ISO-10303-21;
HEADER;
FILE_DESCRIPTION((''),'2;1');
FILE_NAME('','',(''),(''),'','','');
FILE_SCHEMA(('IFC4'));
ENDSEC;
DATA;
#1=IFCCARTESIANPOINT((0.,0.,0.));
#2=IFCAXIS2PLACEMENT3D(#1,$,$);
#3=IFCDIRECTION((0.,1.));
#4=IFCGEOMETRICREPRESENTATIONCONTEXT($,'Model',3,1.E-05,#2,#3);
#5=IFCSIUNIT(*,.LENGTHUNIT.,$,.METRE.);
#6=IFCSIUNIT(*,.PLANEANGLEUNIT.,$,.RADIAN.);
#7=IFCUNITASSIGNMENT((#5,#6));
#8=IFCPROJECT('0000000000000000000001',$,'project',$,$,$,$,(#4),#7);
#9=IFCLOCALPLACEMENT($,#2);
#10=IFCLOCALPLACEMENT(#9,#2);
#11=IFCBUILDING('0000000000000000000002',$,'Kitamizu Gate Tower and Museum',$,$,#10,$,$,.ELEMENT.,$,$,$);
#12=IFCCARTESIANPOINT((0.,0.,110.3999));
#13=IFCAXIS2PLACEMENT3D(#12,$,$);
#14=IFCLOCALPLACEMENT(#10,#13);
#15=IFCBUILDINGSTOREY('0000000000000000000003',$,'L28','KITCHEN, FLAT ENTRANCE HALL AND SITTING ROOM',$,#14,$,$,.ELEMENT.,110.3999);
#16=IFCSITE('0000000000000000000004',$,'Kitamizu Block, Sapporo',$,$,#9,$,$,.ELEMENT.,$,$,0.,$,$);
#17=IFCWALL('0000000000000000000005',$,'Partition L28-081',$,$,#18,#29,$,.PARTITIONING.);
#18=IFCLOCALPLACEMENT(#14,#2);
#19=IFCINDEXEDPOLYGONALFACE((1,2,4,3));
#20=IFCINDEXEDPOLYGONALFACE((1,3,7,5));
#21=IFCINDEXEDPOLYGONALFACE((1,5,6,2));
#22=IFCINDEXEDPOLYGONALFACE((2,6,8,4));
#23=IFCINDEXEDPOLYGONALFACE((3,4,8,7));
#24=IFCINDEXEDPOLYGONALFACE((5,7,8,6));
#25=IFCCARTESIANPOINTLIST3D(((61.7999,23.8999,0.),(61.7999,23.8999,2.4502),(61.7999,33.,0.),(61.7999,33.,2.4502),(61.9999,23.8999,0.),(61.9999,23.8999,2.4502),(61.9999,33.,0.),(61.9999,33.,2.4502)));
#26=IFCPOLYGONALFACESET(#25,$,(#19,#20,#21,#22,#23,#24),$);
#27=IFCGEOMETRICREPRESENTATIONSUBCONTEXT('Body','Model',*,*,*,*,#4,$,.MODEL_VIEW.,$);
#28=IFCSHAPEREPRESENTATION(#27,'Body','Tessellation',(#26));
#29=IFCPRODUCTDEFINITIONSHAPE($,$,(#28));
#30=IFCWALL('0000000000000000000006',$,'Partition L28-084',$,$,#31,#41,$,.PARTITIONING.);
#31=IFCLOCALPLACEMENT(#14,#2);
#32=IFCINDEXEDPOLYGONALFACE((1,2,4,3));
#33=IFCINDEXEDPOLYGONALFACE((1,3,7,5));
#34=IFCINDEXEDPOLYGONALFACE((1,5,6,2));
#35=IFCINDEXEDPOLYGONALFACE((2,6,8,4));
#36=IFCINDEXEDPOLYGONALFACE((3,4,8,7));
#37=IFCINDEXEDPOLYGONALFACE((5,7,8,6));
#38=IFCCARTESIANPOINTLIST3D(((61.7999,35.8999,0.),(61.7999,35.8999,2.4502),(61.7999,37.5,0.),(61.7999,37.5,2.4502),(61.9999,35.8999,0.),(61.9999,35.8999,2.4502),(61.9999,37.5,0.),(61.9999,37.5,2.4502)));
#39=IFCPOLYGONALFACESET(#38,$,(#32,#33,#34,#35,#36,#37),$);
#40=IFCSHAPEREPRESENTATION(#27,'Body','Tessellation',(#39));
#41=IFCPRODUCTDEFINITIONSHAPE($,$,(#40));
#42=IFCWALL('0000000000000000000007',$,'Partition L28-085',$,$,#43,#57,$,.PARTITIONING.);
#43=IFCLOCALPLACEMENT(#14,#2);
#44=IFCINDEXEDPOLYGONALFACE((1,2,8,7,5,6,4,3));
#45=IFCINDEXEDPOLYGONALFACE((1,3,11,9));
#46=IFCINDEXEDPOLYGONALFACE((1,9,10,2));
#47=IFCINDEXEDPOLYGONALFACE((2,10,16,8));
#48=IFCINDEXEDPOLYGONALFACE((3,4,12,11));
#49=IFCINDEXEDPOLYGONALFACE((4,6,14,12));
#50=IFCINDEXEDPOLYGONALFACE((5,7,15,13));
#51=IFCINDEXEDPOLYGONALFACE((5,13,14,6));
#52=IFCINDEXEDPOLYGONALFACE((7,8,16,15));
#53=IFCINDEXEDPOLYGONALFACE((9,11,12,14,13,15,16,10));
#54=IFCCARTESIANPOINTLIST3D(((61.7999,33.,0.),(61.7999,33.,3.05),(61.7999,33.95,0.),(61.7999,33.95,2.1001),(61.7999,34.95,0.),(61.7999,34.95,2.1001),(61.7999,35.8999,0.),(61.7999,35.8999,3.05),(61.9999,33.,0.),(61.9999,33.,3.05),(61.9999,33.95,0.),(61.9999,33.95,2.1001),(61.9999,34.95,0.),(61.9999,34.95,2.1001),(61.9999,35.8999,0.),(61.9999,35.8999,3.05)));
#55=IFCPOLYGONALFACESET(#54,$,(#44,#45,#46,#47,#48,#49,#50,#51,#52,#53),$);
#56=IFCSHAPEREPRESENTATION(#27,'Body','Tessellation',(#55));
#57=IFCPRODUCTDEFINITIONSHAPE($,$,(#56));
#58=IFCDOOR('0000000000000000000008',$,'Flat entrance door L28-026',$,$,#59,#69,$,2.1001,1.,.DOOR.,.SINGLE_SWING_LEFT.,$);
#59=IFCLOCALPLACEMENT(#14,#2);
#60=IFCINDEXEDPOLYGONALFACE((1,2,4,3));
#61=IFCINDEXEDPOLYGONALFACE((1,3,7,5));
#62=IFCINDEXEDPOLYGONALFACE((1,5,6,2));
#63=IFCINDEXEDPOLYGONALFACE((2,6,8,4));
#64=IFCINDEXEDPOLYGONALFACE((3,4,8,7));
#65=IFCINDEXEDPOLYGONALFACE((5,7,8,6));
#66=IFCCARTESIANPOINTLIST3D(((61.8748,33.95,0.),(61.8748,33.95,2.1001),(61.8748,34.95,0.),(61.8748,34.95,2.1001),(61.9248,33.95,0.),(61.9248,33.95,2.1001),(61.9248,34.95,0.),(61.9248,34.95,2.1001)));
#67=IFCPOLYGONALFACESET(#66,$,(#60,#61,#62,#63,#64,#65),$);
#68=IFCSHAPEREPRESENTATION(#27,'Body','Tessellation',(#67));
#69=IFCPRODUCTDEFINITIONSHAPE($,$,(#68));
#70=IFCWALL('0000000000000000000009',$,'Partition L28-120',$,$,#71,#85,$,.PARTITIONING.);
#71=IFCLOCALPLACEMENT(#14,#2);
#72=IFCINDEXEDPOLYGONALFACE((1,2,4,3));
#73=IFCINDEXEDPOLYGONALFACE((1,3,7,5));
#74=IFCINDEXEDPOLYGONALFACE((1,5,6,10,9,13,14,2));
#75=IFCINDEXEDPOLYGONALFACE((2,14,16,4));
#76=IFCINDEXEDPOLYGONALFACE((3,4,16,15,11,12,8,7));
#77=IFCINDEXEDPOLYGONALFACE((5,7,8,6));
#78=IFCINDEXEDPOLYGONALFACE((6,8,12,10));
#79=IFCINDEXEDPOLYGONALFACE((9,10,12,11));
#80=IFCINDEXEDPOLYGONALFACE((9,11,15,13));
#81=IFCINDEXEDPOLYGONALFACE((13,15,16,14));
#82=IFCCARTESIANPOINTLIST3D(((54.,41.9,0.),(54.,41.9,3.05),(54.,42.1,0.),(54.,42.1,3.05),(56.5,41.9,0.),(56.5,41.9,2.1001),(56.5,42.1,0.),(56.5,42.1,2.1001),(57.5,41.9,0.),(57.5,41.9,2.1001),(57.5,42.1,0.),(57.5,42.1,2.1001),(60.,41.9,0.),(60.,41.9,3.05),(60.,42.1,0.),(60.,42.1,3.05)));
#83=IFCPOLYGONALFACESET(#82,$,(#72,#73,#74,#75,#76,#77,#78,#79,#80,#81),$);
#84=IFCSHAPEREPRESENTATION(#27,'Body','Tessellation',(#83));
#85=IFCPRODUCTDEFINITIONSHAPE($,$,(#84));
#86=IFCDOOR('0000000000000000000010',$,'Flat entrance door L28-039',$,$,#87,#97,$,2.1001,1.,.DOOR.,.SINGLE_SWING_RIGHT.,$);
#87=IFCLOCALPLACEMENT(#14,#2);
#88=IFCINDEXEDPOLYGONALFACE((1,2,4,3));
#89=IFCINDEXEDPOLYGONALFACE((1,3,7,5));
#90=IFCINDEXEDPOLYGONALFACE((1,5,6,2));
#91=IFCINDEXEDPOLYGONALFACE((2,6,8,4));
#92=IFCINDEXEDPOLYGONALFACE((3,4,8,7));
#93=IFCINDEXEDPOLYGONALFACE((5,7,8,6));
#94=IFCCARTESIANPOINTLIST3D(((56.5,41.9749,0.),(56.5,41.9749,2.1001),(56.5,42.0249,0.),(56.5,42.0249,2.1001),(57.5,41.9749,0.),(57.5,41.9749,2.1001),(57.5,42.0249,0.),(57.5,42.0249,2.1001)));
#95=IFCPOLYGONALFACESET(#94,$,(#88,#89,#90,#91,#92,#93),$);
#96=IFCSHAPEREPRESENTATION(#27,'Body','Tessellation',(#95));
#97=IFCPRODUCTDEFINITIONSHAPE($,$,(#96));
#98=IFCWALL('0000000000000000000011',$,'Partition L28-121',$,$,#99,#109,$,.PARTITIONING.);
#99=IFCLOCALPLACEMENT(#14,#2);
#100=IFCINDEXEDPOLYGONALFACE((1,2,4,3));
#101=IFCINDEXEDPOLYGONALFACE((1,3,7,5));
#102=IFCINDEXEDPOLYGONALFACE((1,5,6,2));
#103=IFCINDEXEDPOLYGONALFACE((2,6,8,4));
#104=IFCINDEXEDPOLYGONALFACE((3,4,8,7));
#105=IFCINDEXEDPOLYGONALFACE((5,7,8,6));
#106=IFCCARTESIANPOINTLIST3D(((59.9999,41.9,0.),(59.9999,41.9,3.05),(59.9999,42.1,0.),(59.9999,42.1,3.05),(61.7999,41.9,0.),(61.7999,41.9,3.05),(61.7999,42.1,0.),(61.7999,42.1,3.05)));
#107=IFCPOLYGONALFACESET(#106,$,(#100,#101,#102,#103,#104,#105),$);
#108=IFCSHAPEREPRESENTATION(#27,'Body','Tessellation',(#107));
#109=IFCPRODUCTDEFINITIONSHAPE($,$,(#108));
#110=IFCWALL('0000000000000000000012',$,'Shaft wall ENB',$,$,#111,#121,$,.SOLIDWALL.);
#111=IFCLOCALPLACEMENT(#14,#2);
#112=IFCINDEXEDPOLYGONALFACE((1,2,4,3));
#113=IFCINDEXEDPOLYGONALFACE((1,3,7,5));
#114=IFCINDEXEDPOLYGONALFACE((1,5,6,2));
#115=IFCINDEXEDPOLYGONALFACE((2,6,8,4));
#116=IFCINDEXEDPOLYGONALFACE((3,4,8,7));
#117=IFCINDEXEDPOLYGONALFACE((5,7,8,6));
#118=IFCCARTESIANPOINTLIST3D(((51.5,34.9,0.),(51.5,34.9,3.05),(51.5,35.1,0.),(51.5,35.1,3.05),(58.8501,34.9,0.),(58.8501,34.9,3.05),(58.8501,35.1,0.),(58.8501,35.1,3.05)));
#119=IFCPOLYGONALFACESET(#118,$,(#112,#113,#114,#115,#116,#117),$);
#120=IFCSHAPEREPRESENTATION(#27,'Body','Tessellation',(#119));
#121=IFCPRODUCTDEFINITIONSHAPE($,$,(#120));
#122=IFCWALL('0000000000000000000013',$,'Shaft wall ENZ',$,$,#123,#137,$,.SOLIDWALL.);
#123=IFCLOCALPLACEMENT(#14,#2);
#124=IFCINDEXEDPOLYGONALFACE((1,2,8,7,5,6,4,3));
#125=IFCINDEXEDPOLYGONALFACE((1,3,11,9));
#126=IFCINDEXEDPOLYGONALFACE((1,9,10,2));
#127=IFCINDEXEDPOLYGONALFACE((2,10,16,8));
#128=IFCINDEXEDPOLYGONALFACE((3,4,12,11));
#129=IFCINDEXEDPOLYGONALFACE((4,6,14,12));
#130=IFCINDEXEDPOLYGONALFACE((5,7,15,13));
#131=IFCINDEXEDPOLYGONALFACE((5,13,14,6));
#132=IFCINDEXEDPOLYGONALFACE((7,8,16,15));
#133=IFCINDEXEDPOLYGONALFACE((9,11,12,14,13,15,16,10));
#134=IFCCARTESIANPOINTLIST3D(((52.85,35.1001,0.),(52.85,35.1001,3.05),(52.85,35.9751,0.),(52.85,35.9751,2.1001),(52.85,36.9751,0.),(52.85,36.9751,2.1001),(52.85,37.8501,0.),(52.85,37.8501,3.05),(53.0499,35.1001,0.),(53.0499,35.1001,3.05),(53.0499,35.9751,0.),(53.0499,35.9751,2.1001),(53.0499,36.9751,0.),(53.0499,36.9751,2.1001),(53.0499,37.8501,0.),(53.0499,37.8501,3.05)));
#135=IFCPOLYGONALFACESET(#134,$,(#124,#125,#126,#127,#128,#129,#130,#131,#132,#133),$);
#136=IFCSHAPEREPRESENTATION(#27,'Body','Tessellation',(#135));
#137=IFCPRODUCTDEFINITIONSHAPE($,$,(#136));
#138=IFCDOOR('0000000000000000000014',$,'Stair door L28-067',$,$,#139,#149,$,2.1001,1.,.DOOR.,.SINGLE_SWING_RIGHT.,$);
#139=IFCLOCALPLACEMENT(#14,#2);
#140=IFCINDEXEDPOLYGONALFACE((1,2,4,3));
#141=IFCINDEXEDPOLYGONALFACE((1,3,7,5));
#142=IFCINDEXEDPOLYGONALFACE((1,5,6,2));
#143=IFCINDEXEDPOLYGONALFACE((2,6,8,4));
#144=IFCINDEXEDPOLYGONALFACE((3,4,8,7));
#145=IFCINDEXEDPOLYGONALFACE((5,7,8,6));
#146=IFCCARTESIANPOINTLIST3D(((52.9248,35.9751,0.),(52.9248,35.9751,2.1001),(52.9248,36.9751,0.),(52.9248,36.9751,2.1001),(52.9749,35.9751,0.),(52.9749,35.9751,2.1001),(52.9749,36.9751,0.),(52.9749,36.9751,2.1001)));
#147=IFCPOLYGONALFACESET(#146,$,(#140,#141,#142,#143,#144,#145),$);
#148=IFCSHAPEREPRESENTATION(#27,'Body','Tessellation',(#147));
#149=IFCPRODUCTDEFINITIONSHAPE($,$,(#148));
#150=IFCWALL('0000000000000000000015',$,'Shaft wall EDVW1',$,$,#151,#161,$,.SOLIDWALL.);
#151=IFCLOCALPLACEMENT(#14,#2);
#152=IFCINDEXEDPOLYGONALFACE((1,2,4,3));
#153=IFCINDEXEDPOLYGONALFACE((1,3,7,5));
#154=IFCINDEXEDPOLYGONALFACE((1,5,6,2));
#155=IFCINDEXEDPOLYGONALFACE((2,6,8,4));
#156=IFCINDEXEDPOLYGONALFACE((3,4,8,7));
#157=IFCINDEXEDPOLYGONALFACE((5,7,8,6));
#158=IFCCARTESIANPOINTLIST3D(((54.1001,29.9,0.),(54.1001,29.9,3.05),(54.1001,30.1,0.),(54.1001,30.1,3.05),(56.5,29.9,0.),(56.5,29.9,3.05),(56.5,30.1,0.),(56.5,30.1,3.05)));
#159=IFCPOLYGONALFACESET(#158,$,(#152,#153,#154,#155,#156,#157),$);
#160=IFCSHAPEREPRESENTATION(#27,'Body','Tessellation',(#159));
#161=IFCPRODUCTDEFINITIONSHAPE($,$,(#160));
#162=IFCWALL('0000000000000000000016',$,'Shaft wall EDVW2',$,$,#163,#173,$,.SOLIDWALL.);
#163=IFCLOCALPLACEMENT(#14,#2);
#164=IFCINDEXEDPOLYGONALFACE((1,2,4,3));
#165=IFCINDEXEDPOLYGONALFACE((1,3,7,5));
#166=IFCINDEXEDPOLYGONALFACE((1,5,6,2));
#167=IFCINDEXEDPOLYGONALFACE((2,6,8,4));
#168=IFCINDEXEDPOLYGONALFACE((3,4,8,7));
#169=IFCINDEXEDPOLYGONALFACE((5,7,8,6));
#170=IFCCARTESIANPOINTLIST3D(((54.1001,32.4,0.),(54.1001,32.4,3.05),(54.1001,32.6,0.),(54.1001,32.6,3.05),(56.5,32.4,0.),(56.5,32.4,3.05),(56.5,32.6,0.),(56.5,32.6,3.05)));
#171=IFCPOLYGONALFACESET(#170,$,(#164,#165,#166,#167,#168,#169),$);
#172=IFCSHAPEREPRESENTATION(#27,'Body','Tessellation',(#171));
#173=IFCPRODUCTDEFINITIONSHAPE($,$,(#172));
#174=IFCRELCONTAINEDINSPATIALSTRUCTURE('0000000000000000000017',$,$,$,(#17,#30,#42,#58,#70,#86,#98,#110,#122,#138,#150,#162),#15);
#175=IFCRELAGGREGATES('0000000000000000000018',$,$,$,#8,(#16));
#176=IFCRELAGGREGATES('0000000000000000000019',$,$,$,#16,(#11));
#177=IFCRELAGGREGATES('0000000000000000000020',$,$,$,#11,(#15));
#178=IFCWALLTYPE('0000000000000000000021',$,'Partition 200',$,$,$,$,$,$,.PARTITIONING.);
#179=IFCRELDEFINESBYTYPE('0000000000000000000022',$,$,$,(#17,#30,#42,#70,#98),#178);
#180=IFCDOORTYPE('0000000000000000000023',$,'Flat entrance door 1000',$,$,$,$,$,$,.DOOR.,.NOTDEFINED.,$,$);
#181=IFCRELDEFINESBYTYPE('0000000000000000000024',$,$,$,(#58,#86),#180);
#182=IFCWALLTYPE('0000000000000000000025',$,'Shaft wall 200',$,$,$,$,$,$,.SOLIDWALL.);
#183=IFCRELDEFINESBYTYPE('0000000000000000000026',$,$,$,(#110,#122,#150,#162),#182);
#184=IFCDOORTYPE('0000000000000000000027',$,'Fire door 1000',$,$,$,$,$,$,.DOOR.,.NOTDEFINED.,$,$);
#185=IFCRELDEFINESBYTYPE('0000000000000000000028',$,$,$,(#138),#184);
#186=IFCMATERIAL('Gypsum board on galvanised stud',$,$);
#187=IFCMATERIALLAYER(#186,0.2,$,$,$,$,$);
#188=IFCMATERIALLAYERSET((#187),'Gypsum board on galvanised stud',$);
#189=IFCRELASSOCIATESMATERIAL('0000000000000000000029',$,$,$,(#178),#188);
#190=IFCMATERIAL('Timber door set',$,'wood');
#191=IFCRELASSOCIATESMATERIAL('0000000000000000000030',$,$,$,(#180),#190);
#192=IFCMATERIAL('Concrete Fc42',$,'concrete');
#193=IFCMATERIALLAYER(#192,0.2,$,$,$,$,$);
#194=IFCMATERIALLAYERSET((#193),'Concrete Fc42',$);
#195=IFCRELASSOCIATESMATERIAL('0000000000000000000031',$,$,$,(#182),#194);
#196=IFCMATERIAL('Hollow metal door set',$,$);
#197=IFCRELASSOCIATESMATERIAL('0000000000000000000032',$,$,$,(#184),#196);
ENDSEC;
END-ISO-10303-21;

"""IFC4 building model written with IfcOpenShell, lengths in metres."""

from ifc_helpers import new_model, si_unit, direction, frame, frame_2d, origin, place, context, subcontext, project, spatial, rectangle, extrude, material, layer, layer_set, type_object, element, fill, save


model = new_model("IFC4")

# Units and contexts
model_context = context("Model", 3, precision=1e-05, world=origin(), true_north=direction((0.0, 1.0)))
body_context = subcontext(model_context, "Body", "Model", "MODEL_VIEW")
ifc_project = project(units=[si_unit("LENGTHUNIT", "METRE"), si_unit("PLANEANGLEUNIT", "RADIAN")], contexts=[model_context])

# Site, building, storey
site_placement = place(None, origin())
site = spatial("IfcSite", under=ifc_project, at=site_placement, Name="Kitamizu Block, Sapporo", CompositionType="ELEMENT", RefElevation=0.0)
building_placement = place(site_placement, origin())
building = spatial("IfcBuilding", under=site, at=building_placement, Name="Kitamizu Gate Tower and Museum", CompositionType="ELEMENT")
storey_placement = place(building_placement, frame((0.0, 0.0, 110.3999)))
storey = spatial("IfcBuildingStorey", under=building, at=storey_placement, Name="L28", Description="KITCHEN, FLAT ENTRANCE HALL AND SITTING ROOM", CompositionType="ELEMENT", Elevation=110.3999)

# Walls
ifc_material_1 = material(Name="Gypsum board on galvanised stud")
ifc_layer_1 = layer(ifc_material_1, 0.2)
ifc_layer_set_1 = layer_set([ifc_layer_1], Name="Gypsum board on galvanised stud")
wall_type_1 = type_object("IfcWallType", Name="Partition 200", PredefinedType="PARTITIONING", material=ifc_layer_set_1)
wall_1_placement = place(storey_placement, frame((61.8999, 33.0, 0.0), z_axis=(0.0, 0.0, 1.0), x_axis=(0.0, -1.0, 0.0)))
element("IfcWall", 1, at=wall_1_placement, inside=storey, type_object=wall_type_1, Name="Partition L28-081", PredefinedType="PARTITIONING", context=body_context, shape_type="SweptSolid", body=[
    extrude(rectangle(XDim=9.1001, YDim=0.2, at=frame_2d((4.55, 0.0))), origin(), (0.0, 0.0, 1.0), 2.4502),
])
wall_2_placement = place(storey_placement, frame((61.8999, 37.5, 0.0), z_axis=(0.0, 0.0, 1.0), x_axis=(0.0, -1.0, 0.0)))
element("IfcWall", 2, at=wall_2_placement, inside=storey, type_object=wall_type_1, Name="Partition L28-084", PredefinedType="PARTITIONING", context=body_context, shape_type="SweptSolid", body=[
    extrude(rectangle(XDim=1.6001, YDim=0.2, at=frame_2d((0.8, 0.0))), origin(), (0.0, 0.0, 1.0), 2.4502),
])

# Walls, openings, doors
wall_3_placement = place(storey_placement, frame((61.8999, 35.8999, 0.0), z_axis=(0.0, 0.0, 1.0), x_axis=(0.0, -1.0, 0.0)))
wall_3 = element("IfcWall", 3, at=wall_3_placement, inside=storey, type_object=wall_type_1, Name="Partition L28-085", PredefinedType="PARTITIONING", context=body_context, shape_type="SweptSolid", body=[
    extrude(rectangle(XDim=2.8999, YDim=0.2, at=frame_2d((1.45, 0.0))), origin(), (0.0, 0.0, 1.0), 3.05),
])
opening_1_placement = place(wall_3_placement, frame((0.95, 0.0, 0.0)))
opening_1 = element("IfcOpeningElement", 4, at=opening_1_placement, cuts=wall_3, PredefinedType="OPENING", context=body_context, shape_type="SweptSolid", body=[
    extrude(rectangle(XDim=1.0, YDim=2.1001, at=frame_2d((0.5, 1.05))), frame((0.0, 0.1099, 0.0), z_axis=(0.0, -1.0, 0.0), x_axis=(1.0, 0.0, 0.0)), (0.0, 0.0, 1.0), 0.22),
])
ifc_material_2 = material(Name="Timber door set", Category="wood")
door_type_1 = type_object("IfcDoorType", Name="Flat entrance door 1000", OperationType="NOTDEFINED", PredefinedType="DOOR", material=ifc_material_2)
door_1_placement = place(opening_1_placement, origin())
door_1 = element("IfcDoor", 5, at=door_1_placement, inside=storey, type_object=door_type_1, Name="Flat entrance door L28-026", OperationType="SINGLE_SWING_LEFT", OverallHeight=2.1001, OverallWidth=1.0, PredefinedType="DOOR", context=body_context, shape_type="SweptSolid", body=[
    extrude(rectangle(XDim=1.0, YDim=2.1001, at=frame_2d((0.5, 1.05))), frame((0.0, 0.0249, 0.0), z_axis=(0.0, -1.0, 0.0), x_axis=(1.0, 0.0, 0.0)), (0.0, 0.0, 1.0), 0.05),
])
fill(opening_1, door_1)
wall_4_placement = place(storey_placement, frame((54.0, 42.0, 0.0), z_axis=(0.0, 0.0, 1.0), x_axis=(1.0, 0.0, 0.0)))
wall_4 = element("IfcWall", 6, at=wall_4_placement, inside=storey, type_object=wall_type_1, Name="Partition L28-120", PredefinedType="PARTITIONING", context=body_context, shape_type="SweptSolid", body=[
    extrude(rectangle(XDim=6.0, YDim=0.2, at=frame_2d((3.0, 0.0))), origin(), (0.0, 0.0, 1.0), 3.05),
])
opening_2_placement = place(wall_4_placement, frame((2.5, 0.0, 0.0)))
opening_2 = element("IfcOpeningElement", 7, at=opening_2_placement, cuts=wall_4, PredefinedType="OPENING", context=body_context, shape_type="SweptSolid", body=[
    extrude(rectangle(XDim=1.0, YDim=2.1001, at=frame_2d((0.5, 1.05))), frame((0.0, 0.1099, 0.0), z_axis=(0.0, -1.0, 0.0), x_axis=(1.0, 0.0, 0.0)), (0.0, 0.0, 1.0), 0.22),
])
door_2_placement = place(opening_2_placement, origin())
door_2 = element("IfcDoor", 8, at=door_2_placement, inside=storey, type_object=door_type_1, Name="Flat entrance door L28-039", OperationType="SINGLE_SWING_RIGHT", OverallHeight=2.1001, OverallWidth=1.0, PredefinedType="DOOR", context=body_context, shape_type="SweptSolid", body=[
    extrude(rectangle(XDim=1.0, YDim=2.1001, at=frame_2d((0.5, 1.05))), frame((0.0, 0.0249, 0.0), z_axis=(0.0, -1.0, 0.0), x_axis=(1.0, 0.0, 0.0)), (0.0, 0.0, 1.0), 0.05),
])
fill(opening_2, door_2)

# Walls
wall_5_placement = place(storey_placement, frame((60.0, 42.0, 0.0), z_axis=(0.0, 0.0, 1.0), x_axis=(1.0, 0.0, 0.0)))
element("IfcWall", 9, at=wall_5_placement, inside=storey, type_object=wall_type_1, Name="Partition L28-121", PredefinedType="PARTITIONING", context=body_context, shape_type="SweptSolid", body=[
    extrude(rectangle(XDim=1.8, YDim=0.2, at=frame_2d((0.8999, 0.0))), origin(), (0.0, 0.0, 1.0), 3.05),
])
ifc_material_3 = material(Name="Concrete Fc42", Category="concrete")
ifc_layer_2 = layer(ifc_material_3, 0.2)
ifc_layer_set_2 = layer_set([ifc_layer_2], Name="Concrete Fc42")
wall_type_2 = type_object("IfcWallType", Name="Shaft wall 200", PredefinedType="SOLIDWALL", material=ifc_layer_set_2)
wall_6_placement = place(storey_placement, frame((58.8501, 35.0, 0.0), z_axis=(0.0, 0.0, 1.0), x_axis=(-1.0, 0.0, 0.0)))
element("IfcWall", 10, at=wall_6_placement, inside=storey, type_object=wall_type_2, Name="Shaft wall ENB", PredefinedType="SOLIDWALL", context=body_context, shape_type="SweptSolid", body=[
    extrude(rectangle(XDim=7.3501, YDim=0.2, at=frame_2d((3.675, 0.0))), origin(), (0.0, 0.0, 1.0), 3.05),
])

# Wall, opening, door
wall_7_placement = place(storey_placement, frame((52.95, 35.1001, 0.0), z_axis=(0.0, 0.0, 1.0), x_axis=(0.0, 1.0, 0.0)))
wall_7 = element("IfcWall", 11, at=wall_7_placement, inside=storey, type_object=wall_type_2, Name="Shaft wall ENZ", PredefinedType="SOLIDWALL", context=body_context, shape_type="SweptSolid", body=[
    extrude(rectangle(XDim=2.75, YDim=0.2, at=frame_2d((1.375, 0.0))), origin(), (0.0, 0.0, 1.0), 3.05),
])
opening_3_placement = place(wall_7_placement, frame((0.875, 0.0, 0.0)))
opening_3 = element("IfcOpeningElement", 12, at=opening_3_placement, cuts=wall_7, PredefinedType="OPENING", context=body_context, shape_type="SweptSolid", body=[
    extrude(rectangle(XDim=1.0, YDim=2.1001, at=frame_2d((0.5, 1.05))), frame((0.0, 0.1099, 0.0), z_axis=(0.0, -1.0, 0.0), x_axis=(1.0, 0.0, 0.0)), (0.0, 0.0, 1.0), 0.22),
])
ifc_material_4 = material(Name="Hollow metal door set")
door_type_2 = type_object("IfcDoorType", Name="Fire door 1000", OperationType="NOTDEFINED", PredefinedType="DOOR", material=ifc_material_4)
door_3_placement = place(opening_3_placement, frame((1.0, 0.0, 0.0), x_axis=(-1.0, 0.0, 0.0)))
door_3 = element("IfcDoor", 13, at=door_3_placement, inside=storey, type_object=door_type_2, Name="Stair door L28-067", OperationType="SINGLE_SWING_RIGHT", OverallHeight=2.1001, OverallWidth=1.0, PredefinedType="DOOR", context=body_context, shape_type="SweptSolid", body=[
    extrude(rectangle(XDim=1.0, YDim=2.1001, at=frame_2d((0.5, 1.05))), frame((0.0, 0.0249, 0.0), z_axis=(0.0, -1.0, 0.0), x_axis=(1.0, 0.0, 0.0)), (0.0, 0.0, 1.0), 0.05),
])
fill(opening_3, door_3)

# Walls
for number, where, z_axis, x_axis, name in (
    (14, (56.5, 30.0, 0.0), (0.0, 0.0, 1.0), (-1.0, 0.0, 0.0), "Shaft wall EDVW1"),
    (15, (56.5, 32.5, 0.0), (0.0, 0.0, 1.0), (-1.0, 0.0, 0.0), "Shaft wall EDVW2"),
):
    element("IfcWall", number, at=place(storey_placement, frame(where, z_axis=z_axis, x_axis=x_axis)), inside=storey, type_object=wall_type_2, Name=name, PredefinedType="SOLIDWALL", context=body_context, shape_type="SweptSolid", body=[
        extrude(rectangle(XDim=2.3999, YDim=0.2, at=frame_2d((1.2, 0.0))), origin(), (0.0, 0.0, 1.0), 3.05),
    ])

save(model, "model.ifc")
